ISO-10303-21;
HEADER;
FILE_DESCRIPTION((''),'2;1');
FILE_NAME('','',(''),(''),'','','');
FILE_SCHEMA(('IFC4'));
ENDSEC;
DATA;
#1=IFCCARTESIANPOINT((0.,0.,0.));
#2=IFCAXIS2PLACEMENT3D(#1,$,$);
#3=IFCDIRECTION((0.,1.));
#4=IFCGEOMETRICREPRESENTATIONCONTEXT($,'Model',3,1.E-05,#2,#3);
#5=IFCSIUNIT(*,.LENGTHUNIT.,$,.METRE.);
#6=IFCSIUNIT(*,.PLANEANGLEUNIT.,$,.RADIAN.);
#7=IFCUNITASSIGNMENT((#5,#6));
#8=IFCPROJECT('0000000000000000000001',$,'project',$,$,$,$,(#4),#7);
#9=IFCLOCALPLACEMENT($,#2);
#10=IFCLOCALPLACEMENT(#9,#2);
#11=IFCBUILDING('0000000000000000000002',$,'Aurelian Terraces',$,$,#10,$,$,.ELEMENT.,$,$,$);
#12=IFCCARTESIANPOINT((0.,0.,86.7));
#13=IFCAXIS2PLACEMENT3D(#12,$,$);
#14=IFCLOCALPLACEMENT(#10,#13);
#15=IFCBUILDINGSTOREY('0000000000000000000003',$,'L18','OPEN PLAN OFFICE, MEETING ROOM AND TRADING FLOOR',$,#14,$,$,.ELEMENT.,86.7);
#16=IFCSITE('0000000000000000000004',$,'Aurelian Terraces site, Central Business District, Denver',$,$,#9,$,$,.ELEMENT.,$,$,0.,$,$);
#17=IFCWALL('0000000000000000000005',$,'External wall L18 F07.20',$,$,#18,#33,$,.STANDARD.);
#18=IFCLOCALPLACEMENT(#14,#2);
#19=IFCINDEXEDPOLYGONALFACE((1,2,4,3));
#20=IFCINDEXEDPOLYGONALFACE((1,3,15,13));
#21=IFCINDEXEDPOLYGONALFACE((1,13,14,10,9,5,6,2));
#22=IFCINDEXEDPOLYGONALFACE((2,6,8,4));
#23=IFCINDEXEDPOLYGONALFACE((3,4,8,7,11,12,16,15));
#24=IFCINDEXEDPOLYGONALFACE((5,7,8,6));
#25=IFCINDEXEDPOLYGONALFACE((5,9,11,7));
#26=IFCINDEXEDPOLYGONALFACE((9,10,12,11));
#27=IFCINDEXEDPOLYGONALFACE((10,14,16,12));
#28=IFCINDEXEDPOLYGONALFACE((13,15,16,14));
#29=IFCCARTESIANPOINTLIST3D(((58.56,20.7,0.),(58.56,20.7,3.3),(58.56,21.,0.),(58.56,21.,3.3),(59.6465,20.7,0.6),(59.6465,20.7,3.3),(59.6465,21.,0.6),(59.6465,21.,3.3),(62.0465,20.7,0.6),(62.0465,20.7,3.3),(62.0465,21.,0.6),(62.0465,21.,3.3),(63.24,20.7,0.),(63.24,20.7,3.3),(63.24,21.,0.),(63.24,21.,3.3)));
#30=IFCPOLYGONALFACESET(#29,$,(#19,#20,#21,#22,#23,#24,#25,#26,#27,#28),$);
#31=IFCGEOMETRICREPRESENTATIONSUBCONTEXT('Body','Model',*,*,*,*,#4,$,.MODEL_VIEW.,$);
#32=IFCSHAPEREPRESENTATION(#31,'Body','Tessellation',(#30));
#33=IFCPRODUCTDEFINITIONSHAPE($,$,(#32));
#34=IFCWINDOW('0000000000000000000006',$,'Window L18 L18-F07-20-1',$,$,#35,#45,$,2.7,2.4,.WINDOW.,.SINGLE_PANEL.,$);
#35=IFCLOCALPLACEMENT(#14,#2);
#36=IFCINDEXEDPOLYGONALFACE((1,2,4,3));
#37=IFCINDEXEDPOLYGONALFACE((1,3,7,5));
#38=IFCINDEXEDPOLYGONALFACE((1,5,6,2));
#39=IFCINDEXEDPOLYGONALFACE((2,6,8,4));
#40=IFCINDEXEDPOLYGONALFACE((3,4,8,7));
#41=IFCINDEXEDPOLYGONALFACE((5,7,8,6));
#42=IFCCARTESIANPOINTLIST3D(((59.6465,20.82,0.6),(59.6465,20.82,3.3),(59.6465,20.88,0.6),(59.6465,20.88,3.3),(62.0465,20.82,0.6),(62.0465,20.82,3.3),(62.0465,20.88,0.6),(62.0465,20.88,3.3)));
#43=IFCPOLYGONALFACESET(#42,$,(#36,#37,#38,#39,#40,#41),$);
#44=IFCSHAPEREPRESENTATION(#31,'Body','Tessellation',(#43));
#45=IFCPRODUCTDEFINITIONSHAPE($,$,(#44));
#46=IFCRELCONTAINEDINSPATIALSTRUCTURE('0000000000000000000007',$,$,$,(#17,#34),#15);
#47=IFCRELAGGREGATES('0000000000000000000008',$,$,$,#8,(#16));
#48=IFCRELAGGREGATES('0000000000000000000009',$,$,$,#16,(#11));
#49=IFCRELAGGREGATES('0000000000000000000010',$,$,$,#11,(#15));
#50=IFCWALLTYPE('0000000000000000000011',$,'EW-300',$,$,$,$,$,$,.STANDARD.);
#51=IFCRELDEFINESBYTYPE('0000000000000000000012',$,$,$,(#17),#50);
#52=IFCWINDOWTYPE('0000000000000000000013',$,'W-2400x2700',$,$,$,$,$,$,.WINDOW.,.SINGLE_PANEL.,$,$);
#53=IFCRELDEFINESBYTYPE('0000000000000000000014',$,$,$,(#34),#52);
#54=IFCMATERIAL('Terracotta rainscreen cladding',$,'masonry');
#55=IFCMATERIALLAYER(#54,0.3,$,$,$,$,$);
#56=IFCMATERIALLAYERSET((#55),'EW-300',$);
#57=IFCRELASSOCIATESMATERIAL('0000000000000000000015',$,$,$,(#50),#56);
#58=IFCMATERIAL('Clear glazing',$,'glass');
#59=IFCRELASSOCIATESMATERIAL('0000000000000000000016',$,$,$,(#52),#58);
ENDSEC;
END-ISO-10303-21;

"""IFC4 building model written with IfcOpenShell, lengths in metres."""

from ifc_helpers import new_model, si_unit, direction, frame, frame_2d, origin, place, context, subcontext, project, spatial, rectangle, extrude, source, transform, mapped, material, layer, layer_set, type_object, element, fill, save


model = new_model("IFC4")

# Units and contexts
model_context = context("Model", 3, precision=1e-05, world=origin(), true_north=direction((0.0, 1.0)))
body_context = subcontext(model_context, "Body", "Model", "MODEL_VIEW")
ifc_project = project(units=[si_unit("LENGTHUNIT", "METRE"), si_unit("PLANEANGLEUNIT", "RADIAN")], contexts=[model_context])

# Site, building, storey
site_placement = place(None, origin())
site = spatial("IfcSite", under=ifc_project, at=site_placement, Name="Aurelian Terraces site, Central Business District, Denver", CompositionType="ELEMENT", RefElevation=0.0)
building_placement = place(site_placement, origin())
building = spatial("IfcBuilding", under=site, at=building_placement, Name="Aurelian Terraces", CompositionType="ELEMENT")
storey_placement = place(building_placement, frame((0.0, 0.0, 86.7)))
storey = spatial("IfcBuildingStorey", under=building, at=storey_placement, Name="L18", Description="OPEN PLAN OFFICE, MEETING ROOM AND TRADING FLOOR", CompositionType="ELEMENT", Elevation=86.7)

# Wall, opening, window
ifc_material_1 = material(Name="Terracotta rainscreen cladding", Category="masonry")
ifc_layer_1 = layer(ifc_material_1, 0.3)
ifc_layer_set_1 = layer_set([ifc_layer_1], Name="EW-300")
wall_type_1 = type_object("IfcWallType", Name="EW-300", PredefinedType="STANDARD", material=ifc_layer_set_1)
ifc_material_2 = material(Name="Clear glazing", Category="glass")
shared_shape_1 = source(origin(), body_context, "Body", "SweptSolid", [
    extrude(rectangle(XDim=4.68, YDim=0.3, at=frame_2d((2.34, 0.0))), origin(), (0.0, 0.0, 1.0), 3.3),
])
wall_1_placement = place(storey_placement, frame((63.24, 20.85, 0.0), z_axis=(0.0, 0.0, 1.0), x_axis=(-1.0, 0.0, 0.0)))
wall_1 = element("IfcWall", 1, at=wall_1_placement, inside=storey, type_object=wall_type_1, Name="External wall L18 F07.20", PredefinedType="STANDARD", context=body_context, shape_type="MappedRepresentation", body=[
    mapped(shared_shape_1, transform((0.0, 0.0, 0.0), scale=1.0)),
])
shared_shape_2 = source(origin(), body_context, "Body", "SweptSolid", [
    extrude(rectangle(XDim=2.4, YDim=2.7, at=frame_2d((1.2, 1.35))), frame((0.0, 0.16, 0.0), z_axis=(0.0, -1.0, 0.0), x_axis=(1.0, 0.0, 0.0)), (0.0, 0.0, 1.0), 0.32),
])
opening_1_placement = place(wall_1_placement, frame((1.1935, 0.0, 0.6)))
opening_1 = element("IfcOpeningElement", 2, at=opening_1_placement, cuts=wall_1, PredefinedType="OPENING", context=body_context, shape_type="MappedRepresentation", body=[
    mapped(shared_shape_2, transform((0.0, 0.0, 0.0), scale=1.0)),
])
window_type_1 = type_object("IfcWindowType", Name="W-2400x2700", PartitioningType="SINGLE_PANEL", PredefinedType="WINDOW", material=ifc_material_2)
shared_shape_3 = source(origin(), body_context, "Body", "SweptSolid", [
    extrude(rectangle(XDim=2.4, YDim=2.7, at=frame_2d((1.2, 1.35))), frame((0.0, 0.03, 0.0), z_axis=(0.0, -1.0, 0.0), x_axis=(1.0, 0.0, 0.0)), (0.0, 0.0, 1.0), 0.06),
])
window_1_placement = place(opening_1_placement, origin())
window_1 = element("IfcWindow", 3, at=window_1_placement, inside=storey, type_object=window_type_1, Name="Window L18 L18-F07-20-1", OverallHeight=2.7, OverallWidth=2.4, PartitioningType="SINGLE_PANEL", PredefinedType="WINDOW", context=body_context, shape_type="MappedRepresentation", body=[
    mapped(shared_shape_3, transform((0.0, 0.0, 0.0), scale=1.0)),
])
fill(opening_1, window_1)

save(model, "model.ifc")
